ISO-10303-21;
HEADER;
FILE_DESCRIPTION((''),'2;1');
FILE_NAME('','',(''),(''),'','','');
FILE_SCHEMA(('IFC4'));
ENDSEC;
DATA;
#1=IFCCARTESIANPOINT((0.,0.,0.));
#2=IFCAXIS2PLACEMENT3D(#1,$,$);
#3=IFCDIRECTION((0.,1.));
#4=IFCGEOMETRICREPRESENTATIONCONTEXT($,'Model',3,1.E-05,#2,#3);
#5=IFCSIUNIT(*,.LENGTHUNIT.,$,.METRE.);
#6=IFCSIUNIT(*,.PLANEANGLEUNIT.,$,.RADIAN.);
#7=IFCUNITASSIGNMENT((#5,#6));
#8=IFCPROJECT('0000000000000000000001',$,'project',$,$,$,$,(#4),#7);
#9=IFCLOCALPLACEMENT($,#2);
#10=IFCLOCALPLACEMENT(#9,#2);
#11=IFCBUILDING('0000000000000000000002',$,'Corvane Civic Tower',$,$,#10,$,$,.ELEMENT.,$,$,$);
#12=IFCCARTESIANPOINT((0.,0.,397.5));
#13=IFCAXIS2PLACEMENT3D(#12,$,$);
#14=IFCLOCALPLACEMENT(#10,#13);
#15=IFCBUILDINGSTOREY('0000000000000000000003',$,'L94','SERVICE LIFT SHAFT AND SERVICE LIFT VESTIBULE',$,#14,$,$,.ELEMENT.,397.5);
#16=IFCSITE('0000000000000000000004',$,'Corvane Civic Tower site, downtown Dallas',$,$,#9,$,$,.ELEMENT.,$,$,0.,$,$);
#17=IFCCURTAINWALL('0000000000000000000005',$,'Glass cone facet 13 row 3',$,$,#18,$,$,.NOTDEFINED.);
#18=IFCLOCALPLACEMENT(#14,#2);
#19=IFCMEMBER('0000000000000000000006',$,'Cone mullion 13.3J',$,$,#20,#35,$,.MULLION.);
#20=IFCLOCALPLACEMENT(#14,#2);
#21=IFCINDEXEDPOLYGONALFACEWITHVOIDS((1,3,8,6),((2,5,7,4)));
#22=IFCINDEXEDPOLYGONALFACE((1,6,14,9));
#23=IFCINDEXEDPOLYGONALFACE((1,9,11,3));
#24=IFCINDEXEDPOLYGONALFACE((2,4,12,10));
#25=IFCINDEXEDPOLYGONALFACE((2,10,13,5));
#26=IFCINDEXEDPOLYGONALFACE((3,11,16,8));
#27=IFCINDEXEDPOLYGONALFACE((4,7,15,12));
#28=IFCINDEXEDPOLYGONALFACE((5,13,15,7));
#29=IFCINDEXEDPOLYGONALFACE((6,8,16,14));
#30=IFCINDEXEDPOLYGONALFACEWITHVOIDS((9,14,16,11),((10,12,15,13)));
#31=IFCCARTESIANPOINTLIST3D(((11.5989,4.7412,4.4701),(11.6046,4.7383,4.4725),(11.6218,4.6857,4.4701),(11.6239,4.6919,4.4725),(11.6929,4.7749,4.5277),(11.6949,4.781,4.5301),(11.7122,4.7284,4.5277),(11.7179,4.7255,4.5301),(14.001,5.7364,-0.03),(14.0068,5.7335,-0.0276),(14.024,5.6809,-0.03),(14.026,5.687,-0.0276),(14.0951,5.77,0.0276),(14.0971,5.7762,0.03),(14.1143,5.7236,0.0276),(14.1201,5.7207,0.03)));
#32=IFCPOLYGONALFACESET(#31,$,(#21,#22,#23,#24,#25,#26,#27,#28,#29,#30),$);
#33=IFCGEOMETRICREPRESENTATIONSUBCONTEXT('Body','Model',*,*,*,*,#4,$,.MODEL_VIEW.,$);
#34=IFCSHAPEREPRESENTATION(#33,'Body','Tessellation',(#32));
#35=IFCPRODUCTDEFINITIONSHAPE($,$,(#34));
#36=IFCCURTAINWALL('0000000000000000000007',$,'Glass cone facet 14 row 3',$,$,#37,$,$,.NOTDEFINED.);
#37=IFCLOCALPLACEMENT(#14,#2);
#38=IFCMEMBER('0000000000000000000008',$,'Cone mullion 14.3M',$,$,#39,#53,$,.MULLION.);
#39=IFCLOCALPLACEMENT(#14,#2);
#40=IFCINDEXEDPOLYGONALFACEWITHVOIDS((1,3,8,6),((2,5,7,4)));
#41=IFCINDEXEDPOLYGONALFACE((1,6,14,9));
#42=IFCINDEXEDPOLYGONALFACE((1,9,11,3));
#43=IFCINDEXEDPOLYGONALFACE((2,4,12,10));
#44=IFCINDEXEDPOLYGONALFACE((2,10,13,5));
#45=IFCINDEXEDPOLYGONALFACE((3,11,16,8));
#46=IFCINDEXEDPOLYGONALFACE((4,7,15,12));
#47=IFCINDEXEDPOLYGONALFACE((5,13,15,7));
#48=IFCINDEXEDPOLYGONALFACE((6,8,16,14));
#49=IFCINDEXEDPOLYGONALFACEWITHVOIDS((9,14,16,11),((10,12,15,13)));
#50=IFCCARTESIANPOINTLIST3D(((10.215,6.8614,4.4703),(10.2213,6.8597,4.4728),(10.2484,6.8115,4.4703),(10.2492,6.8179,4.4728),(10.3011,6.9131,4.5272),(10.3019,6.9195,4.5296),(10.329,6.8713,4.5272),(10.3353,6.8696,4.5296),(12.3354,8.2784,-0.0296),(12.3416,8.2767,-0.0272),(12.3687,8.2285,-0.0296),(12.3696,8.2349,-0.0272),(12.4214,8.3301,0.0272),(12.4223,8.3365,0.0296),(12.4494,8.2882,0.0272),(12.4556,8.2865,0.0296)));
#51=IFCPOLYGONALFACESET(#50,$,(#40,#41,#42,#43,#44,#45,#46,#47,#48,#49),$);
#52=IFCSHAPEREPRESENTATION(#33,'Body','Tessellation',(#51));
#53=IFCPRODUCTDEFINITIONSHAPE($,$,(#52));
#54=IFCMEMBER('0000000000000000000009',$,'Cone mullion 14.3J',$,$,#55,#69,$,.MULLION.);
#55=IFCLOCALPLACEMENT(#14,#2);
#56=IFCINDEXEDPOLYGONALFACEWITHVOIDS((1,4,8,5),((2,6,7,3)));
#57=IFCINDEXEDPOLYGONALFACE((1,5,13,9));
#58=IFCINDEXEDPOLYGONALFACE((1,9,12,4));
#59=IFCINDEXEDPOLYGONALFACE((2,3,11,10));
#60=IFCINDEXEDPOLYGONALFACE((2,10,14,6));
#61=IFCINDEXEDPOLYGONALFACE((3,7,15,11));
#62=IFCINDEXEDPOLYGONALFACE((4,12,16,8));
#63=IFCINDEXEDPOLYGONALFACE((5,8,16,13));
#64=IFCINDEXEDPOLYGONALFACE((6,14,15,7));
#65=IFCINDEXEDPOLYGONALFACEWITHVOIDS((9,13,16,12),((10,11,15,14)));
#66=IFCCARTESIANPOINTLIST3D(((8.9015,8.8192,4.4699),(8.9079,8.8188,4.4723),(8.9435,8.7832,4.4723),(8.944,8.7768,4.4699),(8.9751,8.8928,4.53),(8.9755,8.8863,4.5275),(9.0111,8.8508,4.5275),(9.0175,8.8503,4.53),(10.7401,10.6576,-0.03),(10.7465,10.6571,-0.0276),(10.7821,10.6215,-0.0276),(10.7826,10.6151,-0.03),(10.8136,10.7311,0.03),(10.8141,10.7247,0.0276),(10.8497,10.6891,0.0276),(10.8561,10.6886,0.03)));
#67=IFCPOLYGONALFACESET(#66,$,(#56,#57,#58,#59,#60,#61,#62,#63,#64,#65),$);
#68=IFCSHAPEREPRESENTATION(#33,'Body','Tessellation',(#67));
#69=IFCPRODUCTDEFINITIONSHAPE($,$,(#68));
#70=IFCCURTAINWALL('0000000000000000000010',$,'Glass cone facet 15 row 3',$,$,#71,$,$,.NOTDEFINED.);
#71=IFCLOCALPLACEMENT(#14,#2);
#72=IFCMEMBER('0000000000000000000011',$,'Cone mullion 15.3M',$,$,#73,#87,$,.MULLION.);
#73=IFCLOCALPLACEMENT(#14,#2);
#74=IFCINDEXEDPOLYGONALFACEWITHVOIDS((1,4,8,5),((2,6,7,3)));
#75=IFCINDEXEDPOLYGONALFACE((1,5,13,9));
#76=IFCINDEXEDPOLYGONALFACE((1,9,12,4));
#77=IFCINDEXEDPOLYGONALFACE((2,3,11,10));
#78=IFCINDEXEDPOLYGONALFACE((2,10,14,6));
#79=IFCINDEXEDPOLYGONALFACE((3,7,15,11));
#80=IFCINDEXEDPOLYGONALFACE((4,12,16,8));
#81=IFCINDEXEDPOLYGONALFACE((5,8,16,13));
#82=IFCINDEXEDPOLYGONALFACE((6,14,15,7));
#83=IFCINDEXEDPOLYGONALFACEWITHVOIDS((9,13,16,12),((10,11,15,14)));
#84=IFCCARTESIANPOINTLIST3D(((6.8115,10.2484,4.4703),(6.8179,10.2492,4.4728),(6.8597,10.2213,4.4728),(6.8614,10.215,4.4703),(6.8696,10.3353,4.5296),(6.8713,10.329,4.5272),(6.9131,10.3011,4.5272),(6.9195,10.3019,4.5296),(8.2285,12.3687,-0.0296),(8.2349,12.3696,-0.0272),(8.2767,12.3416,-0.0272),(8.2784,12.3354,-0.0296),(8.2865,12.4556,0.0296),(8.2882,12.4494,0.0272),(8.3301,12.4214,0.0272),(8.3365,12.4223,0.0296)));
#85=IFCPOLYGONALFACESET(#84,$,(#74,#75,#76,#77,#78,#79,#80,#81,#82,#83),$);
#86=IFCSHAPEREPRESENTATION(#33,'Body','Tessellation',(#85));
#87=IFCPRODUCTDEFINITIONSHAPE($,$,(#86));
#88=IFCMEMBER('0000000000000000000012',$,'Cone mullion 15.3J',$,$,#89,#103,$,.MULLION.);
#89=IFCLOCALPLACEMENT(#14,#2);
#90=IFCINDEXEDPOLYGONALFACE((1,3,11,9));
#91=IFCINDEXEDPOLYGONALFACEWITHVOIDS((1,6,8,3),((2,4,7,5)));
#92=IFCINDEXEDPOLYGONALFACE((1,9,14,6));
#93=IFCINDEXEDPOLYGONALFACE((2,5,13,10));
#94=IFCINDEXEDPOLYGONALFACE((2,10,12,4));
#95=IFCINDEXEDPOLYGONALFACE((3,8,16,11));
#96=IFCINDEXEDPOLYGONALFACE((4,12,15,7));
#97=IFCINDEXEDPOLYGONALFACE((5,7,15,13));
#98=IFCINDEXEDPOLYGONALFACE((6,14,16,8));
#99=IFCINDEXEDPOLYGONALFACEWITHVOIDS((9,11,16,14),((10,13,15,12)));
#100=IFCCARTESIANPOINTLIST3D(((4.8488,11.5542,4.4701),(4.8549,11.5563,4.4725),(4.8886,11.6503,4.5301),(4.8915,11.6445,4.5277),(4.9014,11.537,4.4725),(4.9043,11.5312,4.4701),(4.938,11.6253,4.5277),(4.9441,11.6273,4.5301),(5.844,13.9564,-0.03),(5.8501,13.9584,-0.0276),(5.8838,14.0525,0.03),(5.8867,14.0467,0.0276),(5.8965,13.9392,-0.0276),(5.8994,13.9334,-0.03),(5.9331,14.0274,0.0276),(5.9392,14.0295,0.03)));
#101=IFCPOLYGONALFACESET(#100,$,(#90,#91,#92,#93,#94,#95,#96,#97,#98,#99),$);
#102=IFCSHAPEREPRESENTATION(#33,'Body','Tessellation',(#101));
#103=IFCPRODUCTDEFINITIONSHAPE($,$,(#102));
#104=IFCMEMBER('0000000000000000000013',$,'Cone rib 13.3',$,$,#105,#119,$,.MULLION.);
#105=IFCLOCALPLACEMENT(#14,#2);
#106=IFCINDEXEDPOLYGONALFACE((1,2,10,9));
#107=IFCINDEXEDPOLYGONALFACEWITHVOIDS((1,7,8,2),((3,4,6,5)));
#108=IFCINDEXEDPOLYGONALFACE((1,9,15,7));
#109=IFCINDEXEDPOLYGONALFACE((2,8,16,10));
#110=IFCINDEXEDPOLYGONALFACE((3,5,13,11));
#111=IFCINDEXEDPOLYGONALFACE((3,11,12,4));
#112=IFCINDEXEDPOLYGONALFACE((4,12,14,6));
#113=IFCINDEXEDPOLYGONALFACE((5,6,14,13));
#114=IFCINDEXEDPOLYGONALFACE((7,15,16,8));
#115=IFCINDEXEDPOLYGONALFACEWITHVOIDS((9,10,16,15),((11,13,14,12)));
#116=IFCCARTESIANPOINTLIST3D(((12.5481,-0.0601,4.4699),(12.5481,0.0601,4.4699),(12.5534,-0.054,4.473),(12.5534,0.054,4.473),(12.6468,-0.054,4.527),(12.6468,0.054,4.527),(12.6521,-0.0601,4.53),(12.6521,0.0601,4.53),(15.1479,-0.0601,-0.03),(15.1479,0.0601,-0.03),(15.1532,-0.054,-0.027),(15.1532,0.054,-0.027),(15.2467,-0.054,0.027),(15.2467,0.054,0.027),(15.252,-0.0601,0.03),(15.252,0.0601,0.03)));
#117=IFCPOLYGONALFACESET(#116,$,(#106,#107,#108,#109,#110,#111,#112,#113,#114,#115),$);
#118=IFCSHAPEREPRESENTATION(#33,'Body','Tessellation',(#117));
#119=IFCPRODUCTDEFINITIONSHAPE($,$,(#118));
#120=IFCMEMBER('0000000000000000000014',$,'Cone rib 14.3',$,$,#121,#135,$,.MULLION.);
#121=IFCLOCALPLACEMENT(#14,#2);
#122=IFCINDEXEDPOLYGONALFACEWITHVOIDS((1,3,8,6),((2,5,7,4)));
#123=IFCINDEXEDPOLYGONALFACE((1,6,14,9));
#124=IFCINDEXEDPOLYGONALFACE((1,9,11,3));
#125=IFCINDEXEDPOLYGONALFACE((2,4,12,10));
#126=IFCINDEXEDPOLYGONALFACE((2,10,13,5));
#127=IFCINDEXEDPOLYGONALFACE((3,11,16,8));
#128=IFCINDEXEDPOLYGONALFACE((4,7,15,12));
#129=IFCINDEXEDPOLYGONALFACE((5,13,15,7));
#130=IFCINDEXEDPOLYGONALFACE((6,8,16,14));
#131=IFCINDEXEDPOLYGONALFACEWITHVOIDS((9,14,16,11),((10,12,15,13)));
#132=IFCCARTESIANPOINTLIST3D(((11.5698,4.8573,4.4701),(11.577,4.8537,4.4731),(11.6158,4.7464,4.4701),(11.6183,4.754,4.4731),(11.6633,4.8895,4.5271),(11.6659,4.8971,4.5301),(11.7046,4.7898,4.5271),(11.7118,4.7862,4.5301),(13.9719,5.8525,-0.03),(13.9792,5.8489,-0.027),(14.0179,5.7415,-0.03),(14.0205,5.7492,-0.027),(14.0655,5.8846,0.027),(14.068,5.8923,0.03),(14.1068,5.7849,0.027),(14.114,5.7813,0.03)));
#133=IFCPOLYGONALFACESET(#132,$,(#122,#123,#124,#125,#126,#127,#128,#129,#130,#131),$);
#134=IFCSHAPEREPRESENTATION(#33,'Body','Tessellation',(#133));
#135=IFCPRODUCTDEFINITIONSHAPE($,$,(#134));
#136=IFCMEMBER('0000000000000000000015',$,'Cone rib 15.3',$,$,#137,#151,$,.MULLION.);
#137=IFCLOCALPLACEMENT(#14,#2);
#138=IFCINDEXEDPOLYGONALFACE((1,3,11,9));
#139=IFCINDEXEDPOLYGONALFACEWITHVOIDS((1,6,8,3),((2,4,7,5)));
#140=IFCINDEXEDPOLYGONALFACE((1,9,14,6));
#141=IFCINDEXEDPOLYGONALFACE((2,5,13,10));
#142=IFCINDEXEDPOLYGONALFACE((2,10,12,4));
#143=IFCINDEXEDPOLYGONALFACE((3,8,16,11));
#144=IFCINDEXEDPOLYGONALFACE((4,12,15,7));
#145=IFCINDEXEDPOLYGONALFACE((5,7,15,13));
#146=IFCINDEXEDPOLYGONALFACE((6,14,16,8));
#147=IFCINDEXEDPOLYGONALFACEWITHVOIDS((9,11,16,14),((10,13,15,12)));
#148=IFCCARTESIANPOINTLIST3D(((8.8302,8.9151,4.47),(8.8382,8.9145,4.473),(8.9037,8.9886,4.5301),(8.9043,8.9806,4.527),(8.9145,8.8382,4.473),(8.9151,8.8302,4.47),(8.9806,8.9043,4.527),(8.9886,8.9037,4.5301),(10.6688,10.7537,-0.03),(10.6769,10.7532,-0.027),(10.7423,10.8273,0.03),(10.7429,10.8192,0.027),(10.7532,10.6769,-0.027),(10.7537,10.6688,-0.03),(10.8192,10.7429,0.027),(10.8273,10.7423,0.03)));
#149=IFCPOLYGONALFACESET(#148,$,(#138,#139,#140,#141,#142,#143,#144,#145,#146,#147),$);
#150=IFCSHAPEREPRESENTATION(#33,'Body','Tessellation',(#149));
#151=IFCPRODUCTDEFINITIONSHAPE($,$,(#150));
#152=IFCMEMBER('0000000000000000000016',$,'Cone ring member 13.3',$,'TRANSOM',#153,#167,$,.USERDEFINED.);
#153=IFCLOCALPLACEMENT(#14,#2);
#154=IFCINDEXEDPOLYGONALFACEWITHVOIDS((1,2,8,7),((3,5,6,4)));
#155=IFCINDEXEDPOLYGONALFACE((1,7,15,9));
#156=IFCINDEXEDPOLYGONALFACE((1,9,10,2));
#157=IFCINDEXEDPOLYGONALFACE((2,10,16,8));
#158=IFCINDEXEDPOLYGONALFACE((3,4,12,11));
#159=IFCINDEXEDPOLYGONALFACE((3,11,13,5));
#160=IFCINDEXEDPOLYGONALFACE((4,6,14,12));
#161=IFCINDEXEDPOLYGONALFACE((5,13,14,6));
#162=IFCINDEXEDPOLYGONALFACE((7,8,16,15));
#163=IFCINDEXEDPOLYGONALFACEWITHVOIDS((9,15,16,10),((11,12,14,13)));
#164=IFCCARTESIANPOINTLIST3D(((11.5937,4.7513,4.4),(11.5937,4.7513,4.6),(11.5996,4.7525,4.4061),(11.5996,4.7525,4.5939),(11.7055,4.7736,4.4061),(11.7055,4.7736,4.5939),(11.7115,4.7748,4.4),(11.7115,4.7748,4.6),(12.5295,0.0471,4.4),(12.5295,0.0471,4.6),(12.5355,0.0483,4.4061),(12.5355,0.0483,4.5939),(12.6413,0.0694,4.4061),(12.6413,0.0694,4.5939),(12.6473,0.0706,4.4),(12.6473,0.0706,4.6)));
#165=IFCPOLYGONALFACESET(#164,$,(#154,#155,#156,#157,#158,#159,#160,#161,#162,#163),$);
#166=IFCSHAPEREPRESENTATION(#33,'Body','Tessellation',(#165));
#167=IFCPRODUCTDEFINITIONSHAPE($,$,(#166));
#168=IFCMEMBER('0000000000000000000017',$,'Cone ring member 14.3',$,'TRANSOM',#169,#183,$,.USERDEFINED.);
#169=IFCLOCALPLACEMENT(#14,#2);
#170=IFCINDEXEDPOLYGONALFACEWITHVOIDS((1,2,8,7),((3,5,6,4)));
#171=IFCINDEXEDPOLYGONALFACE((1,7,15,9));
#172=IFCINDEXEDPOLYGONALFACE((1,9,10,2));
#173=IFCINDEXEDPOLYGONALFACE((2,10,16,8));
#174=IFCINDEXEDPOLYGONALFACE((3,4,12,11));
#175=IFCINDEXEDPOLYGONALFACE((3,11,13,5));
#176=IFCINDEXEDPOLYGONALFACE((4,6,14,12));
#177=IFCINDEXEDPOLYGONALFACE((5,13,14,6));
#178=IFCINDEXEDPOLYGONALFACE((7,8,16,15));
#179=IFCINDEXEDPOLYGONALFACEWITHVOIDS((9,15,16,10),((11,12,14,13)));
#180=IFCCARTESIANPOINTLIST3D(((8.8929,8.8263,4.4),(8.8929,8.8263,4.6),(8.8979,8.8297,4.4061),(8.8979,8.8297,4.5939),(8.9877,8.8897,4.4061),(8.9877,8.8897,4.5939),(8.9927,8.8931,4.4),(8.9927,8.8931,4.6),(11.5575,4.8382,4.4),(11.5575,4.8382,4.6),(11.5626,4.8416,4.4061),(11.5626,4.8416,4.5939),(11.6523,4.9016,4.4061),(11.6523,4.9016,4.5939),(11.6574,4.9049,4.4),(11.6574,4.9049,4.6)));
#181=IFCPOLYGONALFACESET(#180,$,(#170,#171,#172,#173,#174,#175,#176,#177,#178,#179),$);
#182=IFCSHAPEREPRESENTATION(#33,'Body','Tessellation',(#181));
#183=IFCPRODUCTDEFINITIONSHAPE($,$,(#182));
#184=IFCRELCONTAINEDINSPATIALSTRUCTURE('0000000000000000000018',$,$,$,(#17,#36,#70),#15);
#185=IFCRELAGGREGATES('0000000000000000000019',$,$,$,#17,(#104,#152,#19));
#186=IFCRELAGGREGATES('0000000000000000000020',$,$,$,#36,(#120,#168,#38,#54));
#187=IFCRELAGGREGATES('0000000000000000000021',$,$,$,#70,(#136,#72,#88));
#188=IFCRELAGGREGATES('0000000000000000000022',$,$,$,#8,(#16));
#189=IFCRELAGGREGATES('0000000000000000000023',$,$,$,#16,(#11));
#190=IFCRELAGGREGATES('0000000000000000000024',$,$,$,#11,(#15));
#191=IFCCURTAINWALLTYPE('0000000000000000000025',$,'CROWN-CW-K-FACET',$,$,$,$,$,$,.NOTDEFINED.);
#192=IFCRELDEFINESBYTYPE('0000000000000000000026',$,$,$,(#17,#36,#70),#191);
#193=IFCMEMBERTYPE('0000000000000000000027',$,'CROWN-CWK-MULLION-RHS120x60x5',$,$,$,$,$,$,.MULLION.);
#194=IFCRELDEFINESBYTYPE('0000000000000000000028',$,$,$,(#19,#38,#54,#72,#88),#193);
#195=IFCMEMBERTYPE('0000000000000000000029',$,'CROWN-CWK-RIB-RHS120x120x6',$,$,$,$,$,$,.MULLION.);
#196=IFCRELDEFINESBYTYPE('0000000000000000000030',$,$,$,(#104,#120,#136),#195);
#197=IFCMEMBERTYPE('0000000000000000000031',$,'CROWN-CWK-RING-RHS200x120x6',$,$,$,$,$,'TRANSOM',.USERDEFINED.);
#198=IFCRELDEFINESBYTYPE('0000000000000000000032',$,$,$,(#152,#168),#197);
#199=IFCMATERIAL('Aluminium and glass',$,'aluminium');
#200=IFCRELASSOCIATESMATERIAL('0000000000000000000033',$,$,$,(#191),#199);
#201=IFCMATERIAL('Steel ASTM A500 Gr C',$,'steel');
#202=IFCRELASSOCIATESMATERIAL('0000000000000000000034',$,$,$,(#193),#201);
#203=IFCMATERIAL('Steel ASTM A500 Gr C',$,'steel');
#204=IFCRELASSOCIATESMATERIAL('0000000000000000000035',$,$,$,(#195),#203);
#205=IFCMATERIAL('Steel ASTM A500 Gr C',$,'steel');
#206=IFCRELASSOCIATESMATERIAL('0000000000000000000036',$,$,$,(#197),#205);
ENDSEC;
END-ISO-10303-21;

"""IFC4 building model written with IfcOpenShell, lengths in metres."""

from ifc_helpers import new_model, si_unit, direction, frame, origin, origin_2d, place, context, subcontext, project, spatial, hollow_rectangle, extrude, material, material_profile, profile_set, type_object, element, aggregate, save


model = new_model("IFC4")

# Units and contexts
model_context = context("Model", 3, precision=1e-05, world=origin(), true_north=direction((0.0, 1.0)))
body_context = subcontext(model_context, "Body", "Model", "MODEL_VIEW")
ifc_project = project(units=[si_unit("LENGTHUNIT", "METRE"), si_unit("PLANEANGLEUNIT", "RADIAN")], contexts=[model_context])

# Site, building, storey
site_placement = place(None, origin())
site = spatial("IfcSite", under=ifc_project, at=site_placement, Name="Corvane Civic Tower site, downtown Dallas", CompositionType="ELEMENT", RefElevation=0.0)
building_placement = place(site_placement, origin())
building = spatial("IfcBuilding", under=site, at=building_placement, Name="Corvane Civic Tower", CompositionType="ELEMENT")
storey_placement = place(building_placement, frame((0.0, 0.0, 397.5)))
storey = spatial("IfcBuildingStorey", under=building, at=storey_placement, Name="L94", Description="SERVICE LIFT SHAFT AND SERVICE LIFT VESTIBULE", CompositionType="ELEMENT", Elevation=397.5)

# Curtain walls, members
ifc_material_1 = material(Name="Aluminium and glass", Category="aluminium")
curtain_wall_type = type_object("IfcCurtainWallType", Name="CROWN-CW-K-FACET", PredefinedType="NOTDEFINED", material=ifc_material_1)
curtain_wall_1_placement = place(storey_placement, origin())
curtain_wall_1 = element("IfcCurtainWall", 1, at=curtain_wall_1_placement, inside=storey, type_object=curtain_wall_type, Name="Glass cone facet 13 row 3", PredefinedType="NOTDEFINED")
ifc_material_2 = material(Name="Steel ASTM A500 Gr C", Category="steel")
ifc_material_profile_1 = material_profile(ifc_material_2, hollow_rectangle(XDim=0.0601, YDim=0.1201, WallThickness=0.0049, at=origin_2d()), Name="RHS 120x60x5")
ifc_profile_set_1 = profile_set([ifc_material_profile_1], Name="Steel ASTM A500 Gr C")
member_type_1 = type_object("IfcMemberType", Name="CROWN-CWK-MULLION-RHS120x60x5", PredefinedType="MULLION", material=ifc_profile_set_1)
member_1_placement = place(storey_placement, frame((14.0605, 5.7285, 0.0), z_axis=(-0.462196, -0.191474, 0.86586), x_axis=(0.382728, -0.923861, 0.0)))
member_1 = element("IfcMember", 2, at=member_1_placement, type_object=member_type_1, Name="Cone mullion 13.3J", PredefinedType="MULLION", context=body_context, shape_type="SweptSolid", body=[
    extrude(hollow_rectangle(XDim=0.0601, YDim=0.1201, WallThickness=0.0049, at=origin_2d()), origin(), (0.0, 0.0, 1.0), 5.1973),
])
curtain_wall_2_placement = place(storey_placement, origin())
curtain_wall_2 = element("IfcCurtainWall", 3, at=curtain_wall_2_placement, inside=storey, type_object=curtain_wall_type, Name="Glass cone facet 14 row 3", PredefinedType="NOTDEFINED")
member_2_placement = place(storey_placement, frame((12.3955, 8.2825, 0.0), z_axis=(-0.409937, -0.273952, 0.870001), x_axis=(0.555628, -0.831431, 0.0)))
member_2 = element("IfcMember", 4, at=member_2_placement, type_object=member_type_1, Name="Cone mullion 14.3M", PredefinedType="MULLION", context=body_context, shape_type="SweptSolid", body=[
    extrude(hollow_rectangle(XDim=0.0601, YDim=0.1201, WallThickness=0.0049, at=origin_2d()), origin(), (0.0, 0.0, 1.0), 5.1724),
])
member_3_placement = place(storey_placement, frame((10.7981, 10.6731, 0.0), z_axis=(-0.353777, -0.35373, 0.865862), x_axis=(0.70706, -0.707154, 0.0)))
member_3 = element("IfcMember", 5, at=member_3_placement, type_object=member_type_1, Name="Cone mullion 14.3J", PredefinedType="MULLION", context=body_context, shape_type="SweptSolid", body=[
    extrude(hollow_rectangle(XDim=0.0601, YDim=0.1201, WallThickness=0.0049, at=origin_2d()), origin(), (0.0, 0.0, 1.0), 5.197),
])
curtain_wall_3_placement = place(storey_placement, origin())
curtain_wall_3 = element("IfcCurtainWall", 6, at=curtain_wall_3_placement, inside=storey, type_object=curtain_wall_type, Name="Glass cone facet 15 row 3", PredefinedType="NOTDEFINED")
member_4_placement = place(storey_placement, frame((8.2825, 12.3955, 0.0), z_axis=(-0.273952, -0.409937, 0.870001), x_axis=(0.831431, -0.555628, 0.0)))
member_4 = element("IfcMember", 7, at=member_4_placement, type_object=member_type_1, Name="Cone mullion 15.3M", PredefinedType="MULLION", context=body_context, shape_type="SweptSolid", body=[
    extrude(hollow_rectangle(XDim=0.0601, YDim=0.1201, WallThickness=0.0049, at=origin_2d()), origin(), (0.0, 0.0, 1.0), 5.1724),
])
member_5_placement = place(storey_placement, frame((5.8916, 13.9929, 0.0), z_axis=(-0.191474, -0.462196, 0.86586), x_axis=(0.923861, -0.382728, 0.0)))
member_5 = element("IfcMember", 8, at=member_5_placement, type_object=member_type_1, Name="Cone mullion 15.3J", PredefinedType="MULLION", context=body_context, shape_type="SweptSolid", body=[
    extrude(hollow_rectangle(XDim=0.0601, YDim=0.1201, WallThickness=0.0049, at=origin_2d()), origin(), (0.0, 0.0, 1.0), 5.1973),
])

# Members
ifc_material_3 = material(Name="Steel ASTM A500 Gr C", Category="steel")
ifc_material_profile_2 = material_profile(ifc_material_3, hollow_rectangle(XDim=0.1201, YDim=0.1201, WallThickness=0.0061, at=origin_2d()), Name="RHS 120x120x6")
ifc_profile_set_2 = profile_set([ifc_material_profile_2], Name="Steel ASTM A500 Gr C")
member_type_2 = type_object("IfcMemberType", Name="CROWN-CWK-RIB-RHS120x120x6", PredefinedType="MULLION", material=ifc_profile_set_2)
member_6_placement = place(storey_placement, frame((15.2, 0.0, 0.0), z_axis=(-0.500256, 0.0, 0.865877), x_axis=(0.0, -1.0, 0.0)))
member_6 = element("IfcMember", 9, at=member_6_placement, type_object=member_type_2, Name="Cone rib 13.3", PredefinedType="MULLION", context=body_context, shape_type="SweptSolid", body=[
    extrude(hollow_rectangle(XDim=0.1201, YDim=0.1201, WallThickness=0.0061, at=origin_2d()), origin(), (0.0, 0.0, 1.0), 5.197),
])
member_7_placement = place(storey_placement, frame((14.043, 5.8169, 0.0), z_axis=(-0.462196, -0.191474, 0.86586), x_axis=(0.382728, -0.923861, 0.0)))
member_7 = element("IfcMember", 10, at=member_7_placement, type_object=member_type_2, Name="Cone rib 14.3", PredefinedType="MULLION", context=body_context, shape_type="SweptSolid", body=[
    extrude(hollow_rectangle(XDim=0.1201, YDim=0.1201, WallThickness=0.0061, at=origin_2d()), origin(), (0.0, 0.0, 1.0), 5.1973),
])
member_8_placement = place(storey_placement, frame((10.748, 10.748, 0.0), z_axis=(-0.353771, -0.353771, 0.865848), x_axis=(0.707107, -0.707107, 0.0)))
member_8 = element("IfcMember", 11, at=member_8_placement, type_object=member_type_2, Name="Cone rib 15.3", PredefinedType="MULLION", context=body_context, shape_type="SweptSolid", body=[
    extrude(hollow_rectangle(XDim=0.1201, YDim=0.1201, WallThickness=0.0061, at=origin_2d()), origin(), (0.0, 0.0, 1.0), 5.1973),
])
ifc_material_4 = material(Name="Steel ASTM A500 Gr C", Category="steel")
ifc_material_profile_3 = material_profile(ifc_material_4, hollow_rectangle(XDim=0.1201, YDim=0.2, WallThickness=0.0061, at=origin_2d()), Name="RHS 200x120x6")
ifc_profile_set_3 = profile_set([ifc_material_profile_3], Name="Steel ASTM A500 Gr C")
member_type_3 = type_object("IfcMemberType", Name="CROWN-CWK-RING-RHS200x120x6", ElementType="TRANSOM", PredefinedType="USERDEFINED", material=ifc_profile_set_3)
member_9_placement = place(storey_placement, frame((12.5884, 0.0588, 4.5), z_axis=(-0.195108, 0.980782, 0.0), x_axis=(-0.980782, -0.195108, 0.0)))
member_9 = element("IfcMember", 12, at=member_9_placement, type_object=member_type_3, Name="Cone ring member 13.3", ObjectType="TRANSOM", PredefinedType="USERDEFINED", context=body_context, shape_type="SweptSolid", body=[
    extrude(hollow_rectangle(XDim=0.1201, YDim=0.2, WallThickness=0.0061, at=origin_2d()), origin(), (0.0, 0.0, 1.0), 4.7964),
])
member_10_placement = place(storey_placement, frame((11.6074, 4.8716, 4.5), z_axis=(-0.555546, 0.831486, 0.0), x_axis=(-0.831486, -0.555546, 0.0)))
member_10 = element("IfcMember", 13, at=member_10_placement, type_object=member_type_3, Name="Cone ring member 14.3", ObjectType="TRANSOM", PredefinedType="USERDEFINED", context=body_context, shape_type="SweptSolid", body=[
    extrude(hollow_rectangle(XDim=0.1201, YDim=0.2, WallThickness=0.0061, at=origin_2d()), origin(), (0.0, 0.0, 1.0), 4.7964),
])

aggregate(curtain_wall_1, [member_6, member_9, member_1])
aggregate(curtain_wall_2, [member_7, member_10, member_2, member_3])
aggregate(curtain_wall_3, [member_8, member_4, member_5])

save(model, "model.ifc")
